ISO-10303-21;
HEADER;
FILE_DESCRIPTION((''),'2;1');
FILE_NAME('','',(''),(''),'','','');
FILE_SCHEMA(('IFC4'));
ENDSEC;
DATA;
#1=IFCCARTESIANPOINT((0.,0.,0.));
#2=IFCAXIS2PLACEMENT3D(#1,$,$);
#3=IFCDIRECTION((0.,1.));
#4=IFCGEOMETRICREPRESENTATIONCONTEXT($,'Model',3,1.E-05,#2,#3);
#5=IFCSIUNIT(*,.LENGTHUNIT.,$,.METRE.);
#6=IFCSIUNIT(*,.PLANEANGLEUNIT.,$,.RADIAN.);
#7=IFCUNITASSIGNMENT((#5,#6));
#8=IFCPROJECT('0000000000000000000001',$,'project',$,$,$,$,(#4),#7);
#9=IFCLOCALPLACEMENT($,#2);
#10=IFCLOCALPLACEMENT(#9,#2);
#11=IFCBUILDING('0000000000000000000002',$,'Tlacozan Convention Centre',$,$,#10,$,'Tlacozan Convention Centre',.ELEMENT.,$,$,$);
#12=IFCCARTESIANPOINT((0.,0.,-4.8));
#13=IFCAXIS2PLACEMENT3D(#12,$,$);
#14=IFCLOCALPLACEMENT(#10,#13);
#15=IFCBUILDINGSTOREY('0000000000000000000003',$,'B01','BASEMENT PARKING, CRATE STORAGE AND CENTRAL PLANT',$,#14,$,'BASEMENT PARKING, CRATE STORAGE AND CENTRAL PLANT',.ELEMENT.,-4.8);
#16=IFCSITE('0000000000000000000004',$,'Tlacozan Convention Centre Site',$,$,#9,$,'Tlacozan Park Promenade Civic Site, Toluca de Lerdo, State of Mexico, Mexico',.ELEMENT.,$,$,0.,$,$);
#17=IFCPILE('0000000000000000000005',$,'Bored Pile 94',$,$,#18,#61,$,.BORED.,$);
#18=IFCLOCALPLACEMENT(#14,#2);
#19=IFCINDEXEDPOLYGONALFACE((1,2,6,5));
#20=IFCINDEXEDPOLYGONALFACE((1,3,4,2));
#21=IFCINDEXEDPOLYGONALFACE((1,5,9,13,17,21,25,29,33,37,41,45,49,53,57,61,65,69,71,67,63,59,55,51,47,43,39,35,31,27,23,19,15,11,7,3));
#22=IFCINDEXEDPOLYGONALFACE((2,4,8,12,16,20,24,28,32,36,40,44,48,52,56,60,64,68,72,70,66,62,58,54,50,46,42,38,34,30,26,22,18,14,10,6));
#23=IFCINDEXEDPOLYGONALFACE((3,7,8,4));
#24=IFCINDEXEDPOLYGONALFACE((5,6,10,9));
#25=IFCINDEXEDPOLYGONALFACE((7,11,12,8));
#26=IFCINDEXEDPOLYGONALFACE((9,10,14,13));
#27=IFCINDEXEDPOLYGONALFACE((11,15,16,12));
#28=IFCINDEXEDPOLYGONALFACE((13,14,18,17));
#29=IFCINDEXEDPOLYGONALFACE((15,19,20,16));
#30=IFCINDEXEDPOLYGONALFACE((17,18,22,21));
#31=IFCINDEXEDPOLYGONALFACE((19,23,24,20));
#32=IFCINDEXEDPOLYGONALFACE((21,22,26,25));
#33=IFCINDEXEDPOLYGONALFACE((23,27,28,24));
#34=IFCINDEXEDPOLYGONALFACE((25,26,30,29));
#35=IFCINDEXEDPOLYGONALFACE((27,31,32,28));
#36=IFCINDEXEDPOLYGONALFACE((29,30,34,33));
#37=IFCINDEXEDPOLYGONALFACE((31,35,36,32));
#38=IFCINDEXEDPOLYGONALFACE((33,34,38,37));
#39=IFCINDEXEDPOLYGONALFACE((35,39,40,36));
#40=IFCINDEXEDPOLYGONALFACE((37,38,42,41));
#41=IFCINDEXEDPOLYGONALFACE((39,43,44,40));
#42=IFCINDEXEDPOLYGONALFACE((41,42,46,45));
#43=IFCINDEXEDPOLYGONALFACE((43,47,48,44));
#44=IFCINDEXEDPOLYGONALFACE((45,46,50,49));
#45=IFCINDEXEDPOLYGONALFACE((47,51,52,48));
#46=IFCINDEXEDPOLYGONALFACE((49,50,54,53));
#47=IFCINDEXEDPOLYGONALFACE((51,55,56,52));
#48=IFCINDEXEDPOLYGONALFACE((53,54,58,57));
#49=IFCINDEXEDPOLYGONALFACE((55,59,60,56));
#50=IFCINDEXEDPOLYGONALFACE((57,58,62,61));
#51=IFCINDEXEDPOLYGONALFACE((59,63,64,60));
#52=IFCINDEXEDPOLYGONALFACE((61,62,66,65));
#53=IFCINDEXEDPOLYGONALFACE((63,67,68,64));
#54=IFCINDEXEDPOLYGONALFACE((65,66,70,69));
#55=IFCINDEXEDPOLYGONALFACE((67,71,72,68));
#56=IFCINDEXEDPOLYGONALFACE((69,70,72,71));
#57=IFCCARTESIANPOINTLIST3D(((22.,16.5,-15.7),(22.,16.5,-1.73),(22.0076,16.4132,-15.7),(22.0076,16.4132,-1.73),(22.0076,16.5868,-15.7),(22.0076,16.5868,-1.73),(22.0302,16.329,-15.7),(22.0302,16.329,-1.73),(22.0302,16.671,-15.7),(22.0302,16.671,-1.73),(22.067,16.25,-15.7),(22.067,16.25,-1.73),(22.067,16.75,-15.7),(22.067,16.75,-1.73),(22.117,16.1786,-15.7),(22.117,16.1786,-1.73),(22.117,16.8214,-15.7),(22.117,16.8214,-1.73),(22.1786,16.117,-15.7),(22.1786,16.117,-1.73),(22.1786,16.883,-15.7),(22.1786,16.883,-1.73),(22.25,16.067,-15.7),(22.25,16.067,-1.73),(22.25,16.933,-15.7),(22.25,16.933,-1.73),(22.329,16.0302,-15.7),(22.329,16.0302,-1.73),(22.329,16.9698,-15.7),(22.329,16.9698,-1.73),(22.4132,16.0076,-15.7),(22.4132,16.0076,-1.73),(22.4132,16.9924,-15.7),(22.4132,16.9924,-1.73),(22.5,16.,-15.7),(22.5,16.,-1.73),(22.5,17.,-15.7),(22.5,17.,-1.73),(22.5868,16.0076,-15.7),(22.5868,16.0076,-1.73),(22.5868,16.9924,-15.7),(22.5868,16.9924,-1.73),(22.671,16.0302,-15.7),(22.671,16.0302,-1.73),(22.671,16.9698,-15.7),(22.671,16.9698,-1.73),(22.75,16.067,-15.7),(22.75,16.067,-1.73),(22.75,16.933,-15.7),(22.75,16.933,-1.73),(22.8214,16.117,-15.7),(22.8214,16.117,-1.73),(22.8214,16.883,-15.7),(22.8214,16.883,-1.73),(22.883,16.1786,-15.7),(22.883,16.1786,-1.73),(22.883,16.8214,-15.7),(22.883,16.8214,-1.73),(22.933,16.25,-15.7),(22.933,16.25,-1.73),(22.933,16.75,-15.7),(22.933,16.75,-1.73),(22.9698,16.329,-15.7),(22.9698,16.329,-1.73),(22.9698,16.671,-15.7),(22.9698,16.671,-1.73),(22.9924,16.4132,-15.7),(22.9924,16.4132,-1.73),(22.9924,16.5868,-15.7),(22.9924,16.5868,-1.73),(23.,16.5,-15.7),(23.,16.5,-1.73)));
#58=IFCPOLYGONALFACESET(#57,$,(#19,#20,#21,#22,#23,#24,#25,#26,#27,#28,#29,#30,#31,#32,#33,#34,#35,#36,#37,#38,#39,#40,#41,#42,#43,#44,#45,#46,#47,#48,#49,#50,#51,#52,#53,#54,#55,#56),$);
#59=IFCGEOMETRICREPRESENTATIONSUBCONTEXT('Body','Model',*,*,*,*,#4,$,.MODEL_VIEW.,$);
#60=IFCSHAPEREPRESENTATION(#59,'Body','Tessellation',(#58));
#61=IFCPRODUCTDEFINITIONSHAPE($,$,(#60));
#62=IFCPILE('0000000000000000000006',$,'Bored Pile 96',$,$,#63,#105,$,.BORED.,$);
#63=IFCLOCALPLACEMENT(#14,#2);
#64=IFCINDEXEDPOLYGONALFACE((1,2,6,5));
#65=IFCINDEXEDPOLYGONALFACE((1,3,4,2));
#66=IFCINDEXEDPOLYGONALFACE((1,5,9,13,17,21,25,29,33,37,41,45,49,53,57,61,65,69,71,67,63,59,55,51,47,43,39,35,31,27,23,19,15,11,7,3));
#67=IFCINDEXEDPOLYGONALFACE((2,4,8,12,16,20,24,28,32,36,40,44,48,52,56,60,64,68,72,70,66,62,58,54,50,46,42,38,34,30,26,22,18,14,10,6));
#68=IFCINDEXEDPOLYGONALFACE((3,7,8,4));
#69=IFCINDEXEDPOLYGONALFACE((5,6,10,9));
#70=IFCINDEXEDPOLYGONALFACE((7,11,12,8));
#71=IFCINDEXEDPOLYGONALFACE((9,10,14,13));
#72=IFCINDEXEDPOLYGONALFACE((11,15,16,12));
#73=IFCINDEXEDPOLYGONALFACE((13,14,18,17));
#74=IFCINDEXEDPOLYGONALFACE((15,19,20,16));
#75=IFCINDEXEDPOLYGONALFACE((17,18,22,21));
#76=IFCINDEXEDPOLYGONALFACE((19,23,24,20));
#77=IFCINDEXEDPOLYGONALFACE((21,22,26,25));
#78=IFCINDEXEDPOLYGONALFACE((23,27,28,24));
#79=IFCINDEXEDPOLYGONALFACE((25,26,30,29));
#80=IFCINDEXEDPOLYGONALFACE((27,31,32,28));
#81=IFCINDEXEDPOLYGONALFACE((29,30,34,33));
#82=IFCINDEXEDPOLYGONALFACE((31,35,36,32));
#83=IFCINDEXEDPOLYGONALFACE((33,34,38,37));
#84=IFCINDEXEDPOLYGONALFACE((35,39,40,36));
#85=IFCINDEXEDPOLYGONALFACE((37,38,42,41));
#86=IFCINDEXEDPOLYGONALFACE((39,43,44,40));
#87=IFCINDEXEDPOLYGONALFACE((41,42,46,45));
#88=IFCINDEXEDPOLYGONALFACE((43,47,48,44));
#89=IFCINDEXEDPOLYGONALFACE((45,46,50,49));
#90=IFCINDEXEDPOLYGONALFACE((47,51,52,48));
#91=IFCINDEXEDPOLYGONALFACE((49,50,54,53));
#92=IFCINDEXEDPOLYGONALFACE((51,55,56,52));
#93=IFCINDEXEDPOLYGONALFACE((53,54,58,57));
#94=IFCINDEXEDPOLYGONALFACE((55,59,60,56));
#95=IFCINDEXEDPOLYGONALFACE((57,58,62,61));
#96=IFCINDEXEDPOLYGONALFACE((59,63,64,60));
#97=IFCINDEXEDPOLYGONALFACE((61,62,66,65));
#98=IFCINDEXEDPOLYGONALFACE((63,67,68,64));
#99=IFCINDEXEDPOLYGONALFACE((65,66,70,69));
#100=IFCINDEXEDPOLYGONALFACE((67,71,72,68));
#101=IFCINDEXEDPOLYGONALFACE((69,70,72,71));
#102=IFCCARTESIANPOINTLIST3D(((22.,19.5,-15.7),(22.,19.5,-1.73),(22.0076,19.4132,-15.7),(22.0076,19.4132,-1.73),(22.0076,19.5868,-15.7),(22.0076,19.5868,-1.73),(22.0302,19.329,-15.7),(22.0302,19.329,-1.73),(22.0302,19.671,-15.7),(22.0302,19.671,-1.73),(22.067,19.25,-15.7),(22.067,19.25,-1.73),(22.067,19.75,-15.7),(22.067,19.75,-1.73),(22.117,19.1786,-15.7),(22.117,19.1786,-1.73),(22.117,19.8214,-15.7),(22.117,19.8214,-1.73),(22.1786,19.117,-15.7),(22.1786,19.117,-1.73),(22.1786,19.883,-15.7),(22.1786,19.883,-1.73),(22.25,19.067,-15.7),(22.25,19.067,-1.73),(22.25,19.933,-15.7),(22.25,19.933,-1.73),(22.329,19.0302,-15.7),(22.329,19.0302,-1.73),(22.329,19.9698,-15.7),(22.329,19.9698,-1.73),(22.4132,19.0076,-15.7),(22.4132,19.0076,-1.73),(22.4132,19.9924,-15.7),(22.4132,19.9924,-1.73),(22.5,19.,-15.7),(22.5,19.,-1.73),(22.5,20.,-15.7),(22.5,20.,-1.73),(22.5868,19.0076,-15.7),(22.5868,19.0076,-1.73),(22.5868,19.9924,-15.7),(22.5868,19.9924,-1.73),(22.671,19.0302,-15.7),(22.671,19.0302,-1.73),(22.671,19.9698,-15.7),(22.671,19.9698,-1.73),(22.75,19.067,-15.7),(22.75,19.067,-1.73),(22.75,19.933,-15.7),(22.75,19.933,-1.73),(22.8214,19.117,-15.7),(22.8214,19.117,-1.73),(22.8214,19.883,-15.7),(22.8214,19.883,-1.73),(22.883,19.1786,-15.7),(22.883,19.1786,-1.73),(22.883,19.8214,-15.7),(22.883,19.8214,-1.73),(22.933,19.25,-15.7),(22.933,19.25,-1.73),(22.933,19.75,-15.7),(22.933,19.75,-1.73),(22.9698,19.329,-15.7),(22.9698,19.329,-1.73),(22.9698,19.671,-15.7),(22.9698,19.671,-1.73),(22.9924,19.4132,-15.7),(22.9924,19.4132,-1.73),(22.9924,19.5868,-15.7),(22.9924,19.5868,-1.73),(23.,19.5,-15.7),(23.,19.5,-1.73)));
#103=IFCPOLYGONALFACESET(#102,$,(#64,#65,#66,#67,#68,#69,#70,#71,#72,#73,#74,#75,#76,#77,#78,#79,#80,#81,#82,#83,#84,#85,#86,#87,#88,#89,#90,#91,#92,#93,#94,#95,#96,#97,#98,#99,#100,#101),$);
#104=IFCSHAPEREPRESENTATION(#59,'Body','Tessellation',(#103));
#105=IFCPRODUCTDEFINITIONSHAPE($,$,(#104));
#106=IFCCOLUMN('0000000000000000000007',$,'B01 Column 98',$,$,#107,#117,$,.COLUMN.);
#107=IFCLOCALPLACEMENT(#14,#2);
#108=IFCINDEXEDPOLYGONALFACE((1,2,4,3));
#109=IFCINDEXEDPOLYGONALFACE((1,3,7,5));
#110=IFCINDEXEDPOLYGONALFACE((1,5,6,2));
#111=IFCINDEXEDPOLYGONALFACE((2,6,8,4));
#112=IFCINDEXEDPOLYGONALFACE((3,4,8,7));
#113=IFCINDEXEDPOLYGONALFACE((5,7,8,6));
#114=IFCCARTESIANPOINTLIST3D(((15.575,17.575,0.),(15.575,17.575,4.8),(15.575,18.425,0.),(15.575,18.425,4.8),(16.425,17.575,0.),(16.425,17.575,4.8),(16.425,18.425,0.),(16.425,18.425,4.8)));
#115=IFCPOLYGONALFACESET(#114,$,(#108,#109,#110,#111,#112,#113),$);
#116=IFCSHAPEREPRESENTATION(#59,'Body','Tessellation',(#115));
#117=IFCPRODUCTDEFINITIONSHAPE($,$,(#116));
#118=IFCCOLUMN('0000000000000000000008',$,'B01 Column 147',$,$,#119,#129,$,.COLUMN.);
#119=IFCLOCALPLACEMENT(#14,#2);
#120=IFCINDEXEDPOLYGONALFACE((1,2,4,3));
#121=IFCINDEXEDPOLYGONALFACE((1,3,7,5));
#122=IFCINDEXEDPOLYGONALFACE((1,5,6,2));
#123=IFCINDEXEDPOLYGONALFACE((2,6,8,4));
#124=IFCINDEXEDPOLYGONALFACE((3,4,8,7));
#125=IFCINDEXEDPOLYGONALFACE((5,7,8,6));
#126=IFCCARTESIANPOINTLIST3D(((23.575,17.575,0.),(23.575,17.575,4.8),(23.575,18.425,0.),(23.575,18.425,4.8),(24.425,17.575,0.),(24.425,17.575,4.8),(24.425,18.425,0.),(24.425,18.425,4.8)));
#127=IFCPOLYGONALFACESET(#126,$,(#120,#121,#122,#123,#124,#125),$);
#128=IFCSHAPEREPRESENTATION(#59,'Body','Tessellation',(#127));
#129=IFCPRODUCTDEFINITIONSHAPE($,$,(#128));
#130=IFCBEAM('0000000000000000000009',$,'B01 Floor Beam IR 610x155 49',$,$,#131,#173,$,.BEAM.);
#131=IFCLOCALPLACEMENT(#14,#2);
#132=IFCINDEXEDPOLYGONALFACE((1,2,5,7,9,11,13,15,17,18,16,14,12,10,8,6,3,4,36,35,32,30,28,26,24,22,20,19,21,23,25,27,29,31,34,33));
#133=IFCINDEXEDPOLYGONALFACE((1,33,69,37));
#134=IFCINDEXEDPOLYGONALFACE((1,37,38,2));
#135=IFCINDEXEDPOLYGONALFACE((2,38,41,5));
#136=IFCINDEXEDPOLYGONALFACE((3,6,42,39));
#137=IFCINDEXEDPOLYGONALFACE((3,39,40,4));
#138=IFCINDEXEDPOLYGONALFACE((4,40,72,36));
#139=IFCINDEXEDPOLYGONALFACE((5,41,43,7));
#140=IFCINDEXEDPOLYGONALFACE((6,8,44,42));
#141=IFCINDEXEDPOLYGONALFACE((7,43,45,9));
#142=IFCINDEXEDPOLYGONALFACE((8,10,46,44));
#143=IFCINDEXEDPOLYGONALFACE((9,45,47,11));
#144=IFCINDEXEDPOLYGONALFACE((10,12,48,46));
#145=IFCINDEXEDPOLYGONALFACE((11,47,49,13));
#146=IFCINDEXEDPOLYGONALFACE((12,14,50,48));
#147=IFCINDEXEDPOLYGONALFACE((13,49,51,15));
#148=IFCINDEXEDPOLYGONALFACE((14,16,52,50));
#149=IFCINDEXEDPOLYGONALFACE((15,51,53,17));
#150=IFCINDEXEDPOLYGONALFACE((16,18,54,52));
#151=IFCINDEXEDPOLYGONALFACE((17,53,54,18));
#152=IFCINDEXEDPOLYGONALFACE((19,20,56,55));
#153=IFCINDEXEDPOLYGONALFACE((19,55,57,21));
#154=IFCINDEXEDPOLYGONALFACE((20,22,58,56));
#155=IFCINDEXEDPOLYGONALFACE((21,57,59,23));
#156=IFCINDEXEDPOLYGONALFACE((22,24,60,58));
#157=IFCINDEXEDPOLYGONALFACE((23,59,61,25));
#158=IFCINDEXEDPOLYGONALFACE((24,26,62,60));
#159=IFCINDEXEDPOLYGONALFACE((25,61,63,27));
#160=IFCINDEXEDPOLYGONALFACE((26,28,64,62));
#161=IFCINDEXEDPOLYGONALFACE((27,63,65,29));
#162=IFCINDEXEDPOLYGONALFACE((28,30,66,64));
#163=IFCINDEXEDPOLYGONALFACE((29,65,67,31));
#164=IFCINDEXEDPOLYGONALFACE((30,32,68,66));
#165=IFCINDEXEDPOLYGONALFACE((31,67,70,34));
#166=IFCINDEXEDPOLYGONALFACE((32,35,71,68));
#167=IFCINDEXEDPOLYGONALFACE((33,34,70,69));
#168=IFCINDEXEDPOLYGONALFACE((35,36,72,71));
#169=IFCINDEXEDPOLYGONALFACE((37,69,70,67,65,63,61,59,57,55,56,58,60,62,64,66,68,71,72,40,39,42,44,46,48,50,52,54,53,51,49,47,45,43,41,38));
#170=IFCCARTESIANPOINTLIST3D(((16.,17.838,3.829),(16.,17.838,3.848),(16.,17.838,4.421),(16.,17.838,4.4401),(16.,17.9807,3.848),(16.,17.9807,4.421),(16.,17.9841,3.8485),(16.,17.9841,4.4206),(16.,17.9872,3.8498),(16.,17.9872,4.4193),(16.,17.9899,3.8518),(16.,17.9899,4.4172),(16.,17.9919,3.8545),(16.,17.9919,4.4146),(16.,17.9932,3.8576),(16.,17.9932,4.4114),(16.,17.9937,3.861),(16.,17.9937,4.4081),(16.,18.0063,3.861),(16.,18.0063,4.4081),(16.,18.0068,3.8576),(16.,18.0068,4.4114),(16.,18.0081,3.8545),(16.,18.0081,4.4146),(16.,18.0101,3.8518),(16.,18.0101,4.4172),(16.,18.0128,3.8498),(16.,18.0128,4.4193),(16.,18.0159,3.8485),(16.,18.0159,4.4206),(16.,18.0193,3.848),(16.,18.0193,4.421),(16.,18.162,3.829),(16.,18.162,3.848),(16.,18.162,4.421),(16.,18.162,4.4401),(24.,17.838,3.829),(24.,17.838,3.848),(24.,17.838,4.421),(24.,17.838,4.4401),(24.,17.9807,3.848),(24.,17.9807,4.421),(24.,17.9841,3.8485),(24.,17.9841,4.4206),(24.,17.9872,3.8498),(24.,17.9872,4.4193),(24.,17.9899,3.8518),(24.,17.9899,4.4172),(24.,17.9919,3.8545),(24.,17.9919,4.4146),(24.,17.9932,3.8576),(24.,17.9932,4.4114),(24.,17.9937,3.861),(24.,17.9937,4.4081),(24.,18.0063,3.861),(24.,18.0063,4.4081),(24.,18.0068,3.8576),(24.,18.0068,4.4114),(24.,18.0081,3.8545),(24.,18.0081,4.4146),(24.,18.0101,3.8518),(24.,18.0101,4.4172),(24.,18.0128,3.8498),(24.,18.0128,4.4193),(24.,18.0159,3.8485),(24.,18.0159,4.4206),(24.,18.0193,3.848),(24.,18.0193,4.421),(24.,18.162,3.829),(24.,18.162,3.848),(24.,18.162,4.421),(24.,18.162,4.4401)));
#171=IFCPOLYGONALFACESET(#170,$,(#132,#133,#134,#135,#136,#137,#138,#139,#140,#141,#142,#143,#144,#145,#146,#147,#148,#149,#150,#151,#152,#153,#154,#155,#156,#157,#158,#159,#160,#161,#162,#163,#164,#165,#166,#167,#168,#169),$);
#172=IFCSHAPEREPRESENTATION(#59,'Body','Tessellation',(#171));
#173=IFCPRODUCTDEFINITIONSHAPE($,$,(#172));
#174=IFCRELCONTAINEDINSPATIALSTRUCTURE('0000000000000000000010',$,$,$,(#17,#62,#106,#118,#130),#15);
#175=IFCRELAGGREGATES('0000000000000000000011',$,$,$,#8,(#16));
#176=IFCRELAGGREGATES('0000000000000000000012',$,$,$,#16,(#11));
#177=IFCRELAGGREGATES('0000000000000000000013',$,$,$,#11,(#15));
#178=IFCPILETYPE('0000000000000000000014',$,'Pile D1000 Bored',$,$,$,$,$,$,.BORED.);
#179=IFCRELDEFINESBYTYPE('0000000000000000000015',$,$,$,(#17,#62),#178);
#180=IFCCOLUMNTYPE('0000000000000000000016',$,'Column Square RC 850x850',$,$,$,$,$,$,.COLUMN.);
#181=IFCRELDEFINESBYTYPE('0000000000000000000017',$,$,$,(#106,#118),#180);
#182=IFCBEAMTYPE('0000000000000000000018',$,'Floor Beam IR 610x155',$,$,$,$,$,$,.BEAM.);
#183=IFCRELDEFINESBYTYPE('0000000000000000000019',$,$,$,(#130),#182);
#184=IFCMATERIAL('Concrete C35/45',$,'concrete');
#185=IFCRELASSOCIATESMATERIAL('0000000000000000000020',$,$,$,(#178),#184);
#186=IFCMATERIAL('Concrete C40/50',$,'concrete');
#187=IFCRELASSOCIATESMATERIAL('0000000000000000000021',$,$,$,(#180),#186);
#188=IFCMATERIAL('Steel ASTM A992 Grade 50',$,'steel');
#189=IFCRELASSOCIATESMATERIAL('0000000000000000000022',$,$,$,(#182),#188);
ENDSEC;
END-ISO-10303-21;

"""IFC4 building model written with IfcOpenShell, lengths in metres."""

from ifc_helpers import new_model, si_unit, direction, frame, origin, origin_2d, place, context, subcontext, project, spatial, rectangle, circle, i_section, extrude, material, material_profile, profile_set, type_object, element, save


model = new_model("IFC4")

# Units and contexts
model_context = context("Model", 3, precision=1e-05, world=origin(), true_north=direction((0.0, 1.0)))
body_context = subcontext(model_context, "Body", "Model", "MODEL_VIEW")
ifc_project = project(units=[si_unit("LENGTHUNIT", "METRE"), si_unit("PLANEANGLEUNIT", "RADIAN")], contexts=[model_context])

# Site, building, storey
site_placement = place(None, origin())
site = spatial("IfcSite", under=ifc_project, at=site_placement, Name="Tlacozan Convention Centre Site", LongName="Tlacozan Park Promenade Civic Site, Toluca de Lerdo, State of Mexico, Mexico", CompositionType="ELEMENT", RefElevation=0.0)
building_placement = place(site_placement, origin())
building = spatial("IfcBuilding", under=site, at=building_placement, Name="Tlacozan Convention Centre", LongName="Tlacozan Convention Centre", CompositionType="ELEMENT")
storey_placement = place(building_placement, frame((0.0, 0.0, -4.8)))
storey = spatial("IfcBuildingStorey", under=building, at=storey_placement, Name="B01", Description="BASEMENT PARKING, CRATE STORAGE AND CENTRAL PLANT", LongName="BASEMENT PARKING, CRATE STORAGE AND CENTRAL PLANT", CompositionType="ELEMENT", Elevation=-4.8)

# Shared definitions
ifc_material_1 = material(Name="Concrete C35/45", Category="concrete")

# Piles
ifc_material_profile_1 = material_profile(ifc_material_1, circle(Radius=0.5, at=origin_2d()), Name="PILE D1000")
ifc_profile_set_1 = profile_set([ifc_material_profile_1], Name="Concrete C35/45")
pile_type = type_object("IfcPileType", Name="Pile D1000 Bored", PredefinedType="BORED", material=ifc_profile_set_1)
for number, where, z_axis, x_axis, name in (
    (1, (22.5, 16.5, -1.73), (0.0, 0.0, -1.0), (1.0, 0.0, 0.0), "Bored Pile 94"),
    (2, (22.5, 19.5, -1.73), (0.0, 0.0, -1.0), (1.0, 0.0, 0.0), "Bored Pile 96"),
):
    element("IfcPile", number, at=place(storey_placement, frame(where, z_axis=z_axis, x_axis=x_axis)), inside=storey, type_object=pile_type, Name=name, PredefinedType="BORED", context=body_context, shape_type="SweptSolid", body=[
        extrude(circle(Radius=0.5, at=origin_2d()), origin(), (0.0, 0.0, 1.0), 13.97),
    ])

# Columns
ifc_material_2 = material(Name="Concrete C40/50", Category="concrete")
ifc_material_profile_2 = material_profile(ifc_material_2, rectangle(XDim=0.8501, YDim=0.8501, at=origin_2d()), Name="RC 850x850")
ifc_profile_set_2 = profile_set([ifc_material_profile_2], Name="Concrete C40/50")
column_type = type_object("IfcColumnType", Name="Column Square RC 850x850", PredefinedType="COLUMN", material=ifc_profile_set_2)
for number, where, z_axis, x_axis, name in (
    (3, (16.0, 18.0, 0.0), (0.0, 0.0, 1.0), (1.0, 0.0, 0.0), "B01 Column 98"),
    (4, (24.0, 18.0, 0.0), (0.0, 0.0, 1.0), (1.0, 0.0, 0.0), "B01 Column 147"),
):
    element("IfcColumn", number, at=place(storey_placement, frame(where, z_axis=z_axis, x_axis=x_axis)), inside=storey, type_object=column_type, Name=name, PredefinedType="COLUMN", context=body_context, shape_type="SweptSolid", body=[
        extrude(rectangle(XDim=0.8501, YDim=0.8501, at=origin_2d()), origin(), (0.0, 0.0, 1.0), 4.8),
    ])

# Beam
ifc_material_3 = material(Name="Steel ASTM A992 Grade 50", Category="steel")
ifc_material_profile_3 = material_profile(ifc_material_3, i_section(OverallWidth=0.324, OverallDepth=0.6111, WebThickness=0.0127, FlangeThickness=0.019, FilletRadius=0.0129, at=origin_2d()), Name="IR 610x155.0")
ifc_profile_set_3 = profile_set([ifc_material_profile_3], Name="Steel ASTM A992 Grade 50")
beam_type_1 = type_object("IfcBeamType", Name="Floor Beam IR 610x155", PredefinedType="BEAM", material=ifc_profile_set_3)
beam_1_placement = place(storey_placement, frame((16.0, 18.0, 4.1345), z_axis=(1.0, 0.0, 0.0), x_axis=(0.0, 1.0, 0.0)))
element("IfcBeam", 5, at=beam_1_placement, inside=storey, type_object=beam_type_1, Name="B01 Floor Beam IR 610x155 49", PredefinedType="BEAM", context=body_context, shape_type="SweptSolid", body=[
    extrude(i_section(OverallWidth=0.324, OverallDepth=0.6111, WebThickness=0.0127, FlangeThickness=0.019, FilletRadius=0.0129, at=origin_2d()), origin(), (0.0, 0.0, 1.0), 8.0),
])

save(model, "model.ifc")
